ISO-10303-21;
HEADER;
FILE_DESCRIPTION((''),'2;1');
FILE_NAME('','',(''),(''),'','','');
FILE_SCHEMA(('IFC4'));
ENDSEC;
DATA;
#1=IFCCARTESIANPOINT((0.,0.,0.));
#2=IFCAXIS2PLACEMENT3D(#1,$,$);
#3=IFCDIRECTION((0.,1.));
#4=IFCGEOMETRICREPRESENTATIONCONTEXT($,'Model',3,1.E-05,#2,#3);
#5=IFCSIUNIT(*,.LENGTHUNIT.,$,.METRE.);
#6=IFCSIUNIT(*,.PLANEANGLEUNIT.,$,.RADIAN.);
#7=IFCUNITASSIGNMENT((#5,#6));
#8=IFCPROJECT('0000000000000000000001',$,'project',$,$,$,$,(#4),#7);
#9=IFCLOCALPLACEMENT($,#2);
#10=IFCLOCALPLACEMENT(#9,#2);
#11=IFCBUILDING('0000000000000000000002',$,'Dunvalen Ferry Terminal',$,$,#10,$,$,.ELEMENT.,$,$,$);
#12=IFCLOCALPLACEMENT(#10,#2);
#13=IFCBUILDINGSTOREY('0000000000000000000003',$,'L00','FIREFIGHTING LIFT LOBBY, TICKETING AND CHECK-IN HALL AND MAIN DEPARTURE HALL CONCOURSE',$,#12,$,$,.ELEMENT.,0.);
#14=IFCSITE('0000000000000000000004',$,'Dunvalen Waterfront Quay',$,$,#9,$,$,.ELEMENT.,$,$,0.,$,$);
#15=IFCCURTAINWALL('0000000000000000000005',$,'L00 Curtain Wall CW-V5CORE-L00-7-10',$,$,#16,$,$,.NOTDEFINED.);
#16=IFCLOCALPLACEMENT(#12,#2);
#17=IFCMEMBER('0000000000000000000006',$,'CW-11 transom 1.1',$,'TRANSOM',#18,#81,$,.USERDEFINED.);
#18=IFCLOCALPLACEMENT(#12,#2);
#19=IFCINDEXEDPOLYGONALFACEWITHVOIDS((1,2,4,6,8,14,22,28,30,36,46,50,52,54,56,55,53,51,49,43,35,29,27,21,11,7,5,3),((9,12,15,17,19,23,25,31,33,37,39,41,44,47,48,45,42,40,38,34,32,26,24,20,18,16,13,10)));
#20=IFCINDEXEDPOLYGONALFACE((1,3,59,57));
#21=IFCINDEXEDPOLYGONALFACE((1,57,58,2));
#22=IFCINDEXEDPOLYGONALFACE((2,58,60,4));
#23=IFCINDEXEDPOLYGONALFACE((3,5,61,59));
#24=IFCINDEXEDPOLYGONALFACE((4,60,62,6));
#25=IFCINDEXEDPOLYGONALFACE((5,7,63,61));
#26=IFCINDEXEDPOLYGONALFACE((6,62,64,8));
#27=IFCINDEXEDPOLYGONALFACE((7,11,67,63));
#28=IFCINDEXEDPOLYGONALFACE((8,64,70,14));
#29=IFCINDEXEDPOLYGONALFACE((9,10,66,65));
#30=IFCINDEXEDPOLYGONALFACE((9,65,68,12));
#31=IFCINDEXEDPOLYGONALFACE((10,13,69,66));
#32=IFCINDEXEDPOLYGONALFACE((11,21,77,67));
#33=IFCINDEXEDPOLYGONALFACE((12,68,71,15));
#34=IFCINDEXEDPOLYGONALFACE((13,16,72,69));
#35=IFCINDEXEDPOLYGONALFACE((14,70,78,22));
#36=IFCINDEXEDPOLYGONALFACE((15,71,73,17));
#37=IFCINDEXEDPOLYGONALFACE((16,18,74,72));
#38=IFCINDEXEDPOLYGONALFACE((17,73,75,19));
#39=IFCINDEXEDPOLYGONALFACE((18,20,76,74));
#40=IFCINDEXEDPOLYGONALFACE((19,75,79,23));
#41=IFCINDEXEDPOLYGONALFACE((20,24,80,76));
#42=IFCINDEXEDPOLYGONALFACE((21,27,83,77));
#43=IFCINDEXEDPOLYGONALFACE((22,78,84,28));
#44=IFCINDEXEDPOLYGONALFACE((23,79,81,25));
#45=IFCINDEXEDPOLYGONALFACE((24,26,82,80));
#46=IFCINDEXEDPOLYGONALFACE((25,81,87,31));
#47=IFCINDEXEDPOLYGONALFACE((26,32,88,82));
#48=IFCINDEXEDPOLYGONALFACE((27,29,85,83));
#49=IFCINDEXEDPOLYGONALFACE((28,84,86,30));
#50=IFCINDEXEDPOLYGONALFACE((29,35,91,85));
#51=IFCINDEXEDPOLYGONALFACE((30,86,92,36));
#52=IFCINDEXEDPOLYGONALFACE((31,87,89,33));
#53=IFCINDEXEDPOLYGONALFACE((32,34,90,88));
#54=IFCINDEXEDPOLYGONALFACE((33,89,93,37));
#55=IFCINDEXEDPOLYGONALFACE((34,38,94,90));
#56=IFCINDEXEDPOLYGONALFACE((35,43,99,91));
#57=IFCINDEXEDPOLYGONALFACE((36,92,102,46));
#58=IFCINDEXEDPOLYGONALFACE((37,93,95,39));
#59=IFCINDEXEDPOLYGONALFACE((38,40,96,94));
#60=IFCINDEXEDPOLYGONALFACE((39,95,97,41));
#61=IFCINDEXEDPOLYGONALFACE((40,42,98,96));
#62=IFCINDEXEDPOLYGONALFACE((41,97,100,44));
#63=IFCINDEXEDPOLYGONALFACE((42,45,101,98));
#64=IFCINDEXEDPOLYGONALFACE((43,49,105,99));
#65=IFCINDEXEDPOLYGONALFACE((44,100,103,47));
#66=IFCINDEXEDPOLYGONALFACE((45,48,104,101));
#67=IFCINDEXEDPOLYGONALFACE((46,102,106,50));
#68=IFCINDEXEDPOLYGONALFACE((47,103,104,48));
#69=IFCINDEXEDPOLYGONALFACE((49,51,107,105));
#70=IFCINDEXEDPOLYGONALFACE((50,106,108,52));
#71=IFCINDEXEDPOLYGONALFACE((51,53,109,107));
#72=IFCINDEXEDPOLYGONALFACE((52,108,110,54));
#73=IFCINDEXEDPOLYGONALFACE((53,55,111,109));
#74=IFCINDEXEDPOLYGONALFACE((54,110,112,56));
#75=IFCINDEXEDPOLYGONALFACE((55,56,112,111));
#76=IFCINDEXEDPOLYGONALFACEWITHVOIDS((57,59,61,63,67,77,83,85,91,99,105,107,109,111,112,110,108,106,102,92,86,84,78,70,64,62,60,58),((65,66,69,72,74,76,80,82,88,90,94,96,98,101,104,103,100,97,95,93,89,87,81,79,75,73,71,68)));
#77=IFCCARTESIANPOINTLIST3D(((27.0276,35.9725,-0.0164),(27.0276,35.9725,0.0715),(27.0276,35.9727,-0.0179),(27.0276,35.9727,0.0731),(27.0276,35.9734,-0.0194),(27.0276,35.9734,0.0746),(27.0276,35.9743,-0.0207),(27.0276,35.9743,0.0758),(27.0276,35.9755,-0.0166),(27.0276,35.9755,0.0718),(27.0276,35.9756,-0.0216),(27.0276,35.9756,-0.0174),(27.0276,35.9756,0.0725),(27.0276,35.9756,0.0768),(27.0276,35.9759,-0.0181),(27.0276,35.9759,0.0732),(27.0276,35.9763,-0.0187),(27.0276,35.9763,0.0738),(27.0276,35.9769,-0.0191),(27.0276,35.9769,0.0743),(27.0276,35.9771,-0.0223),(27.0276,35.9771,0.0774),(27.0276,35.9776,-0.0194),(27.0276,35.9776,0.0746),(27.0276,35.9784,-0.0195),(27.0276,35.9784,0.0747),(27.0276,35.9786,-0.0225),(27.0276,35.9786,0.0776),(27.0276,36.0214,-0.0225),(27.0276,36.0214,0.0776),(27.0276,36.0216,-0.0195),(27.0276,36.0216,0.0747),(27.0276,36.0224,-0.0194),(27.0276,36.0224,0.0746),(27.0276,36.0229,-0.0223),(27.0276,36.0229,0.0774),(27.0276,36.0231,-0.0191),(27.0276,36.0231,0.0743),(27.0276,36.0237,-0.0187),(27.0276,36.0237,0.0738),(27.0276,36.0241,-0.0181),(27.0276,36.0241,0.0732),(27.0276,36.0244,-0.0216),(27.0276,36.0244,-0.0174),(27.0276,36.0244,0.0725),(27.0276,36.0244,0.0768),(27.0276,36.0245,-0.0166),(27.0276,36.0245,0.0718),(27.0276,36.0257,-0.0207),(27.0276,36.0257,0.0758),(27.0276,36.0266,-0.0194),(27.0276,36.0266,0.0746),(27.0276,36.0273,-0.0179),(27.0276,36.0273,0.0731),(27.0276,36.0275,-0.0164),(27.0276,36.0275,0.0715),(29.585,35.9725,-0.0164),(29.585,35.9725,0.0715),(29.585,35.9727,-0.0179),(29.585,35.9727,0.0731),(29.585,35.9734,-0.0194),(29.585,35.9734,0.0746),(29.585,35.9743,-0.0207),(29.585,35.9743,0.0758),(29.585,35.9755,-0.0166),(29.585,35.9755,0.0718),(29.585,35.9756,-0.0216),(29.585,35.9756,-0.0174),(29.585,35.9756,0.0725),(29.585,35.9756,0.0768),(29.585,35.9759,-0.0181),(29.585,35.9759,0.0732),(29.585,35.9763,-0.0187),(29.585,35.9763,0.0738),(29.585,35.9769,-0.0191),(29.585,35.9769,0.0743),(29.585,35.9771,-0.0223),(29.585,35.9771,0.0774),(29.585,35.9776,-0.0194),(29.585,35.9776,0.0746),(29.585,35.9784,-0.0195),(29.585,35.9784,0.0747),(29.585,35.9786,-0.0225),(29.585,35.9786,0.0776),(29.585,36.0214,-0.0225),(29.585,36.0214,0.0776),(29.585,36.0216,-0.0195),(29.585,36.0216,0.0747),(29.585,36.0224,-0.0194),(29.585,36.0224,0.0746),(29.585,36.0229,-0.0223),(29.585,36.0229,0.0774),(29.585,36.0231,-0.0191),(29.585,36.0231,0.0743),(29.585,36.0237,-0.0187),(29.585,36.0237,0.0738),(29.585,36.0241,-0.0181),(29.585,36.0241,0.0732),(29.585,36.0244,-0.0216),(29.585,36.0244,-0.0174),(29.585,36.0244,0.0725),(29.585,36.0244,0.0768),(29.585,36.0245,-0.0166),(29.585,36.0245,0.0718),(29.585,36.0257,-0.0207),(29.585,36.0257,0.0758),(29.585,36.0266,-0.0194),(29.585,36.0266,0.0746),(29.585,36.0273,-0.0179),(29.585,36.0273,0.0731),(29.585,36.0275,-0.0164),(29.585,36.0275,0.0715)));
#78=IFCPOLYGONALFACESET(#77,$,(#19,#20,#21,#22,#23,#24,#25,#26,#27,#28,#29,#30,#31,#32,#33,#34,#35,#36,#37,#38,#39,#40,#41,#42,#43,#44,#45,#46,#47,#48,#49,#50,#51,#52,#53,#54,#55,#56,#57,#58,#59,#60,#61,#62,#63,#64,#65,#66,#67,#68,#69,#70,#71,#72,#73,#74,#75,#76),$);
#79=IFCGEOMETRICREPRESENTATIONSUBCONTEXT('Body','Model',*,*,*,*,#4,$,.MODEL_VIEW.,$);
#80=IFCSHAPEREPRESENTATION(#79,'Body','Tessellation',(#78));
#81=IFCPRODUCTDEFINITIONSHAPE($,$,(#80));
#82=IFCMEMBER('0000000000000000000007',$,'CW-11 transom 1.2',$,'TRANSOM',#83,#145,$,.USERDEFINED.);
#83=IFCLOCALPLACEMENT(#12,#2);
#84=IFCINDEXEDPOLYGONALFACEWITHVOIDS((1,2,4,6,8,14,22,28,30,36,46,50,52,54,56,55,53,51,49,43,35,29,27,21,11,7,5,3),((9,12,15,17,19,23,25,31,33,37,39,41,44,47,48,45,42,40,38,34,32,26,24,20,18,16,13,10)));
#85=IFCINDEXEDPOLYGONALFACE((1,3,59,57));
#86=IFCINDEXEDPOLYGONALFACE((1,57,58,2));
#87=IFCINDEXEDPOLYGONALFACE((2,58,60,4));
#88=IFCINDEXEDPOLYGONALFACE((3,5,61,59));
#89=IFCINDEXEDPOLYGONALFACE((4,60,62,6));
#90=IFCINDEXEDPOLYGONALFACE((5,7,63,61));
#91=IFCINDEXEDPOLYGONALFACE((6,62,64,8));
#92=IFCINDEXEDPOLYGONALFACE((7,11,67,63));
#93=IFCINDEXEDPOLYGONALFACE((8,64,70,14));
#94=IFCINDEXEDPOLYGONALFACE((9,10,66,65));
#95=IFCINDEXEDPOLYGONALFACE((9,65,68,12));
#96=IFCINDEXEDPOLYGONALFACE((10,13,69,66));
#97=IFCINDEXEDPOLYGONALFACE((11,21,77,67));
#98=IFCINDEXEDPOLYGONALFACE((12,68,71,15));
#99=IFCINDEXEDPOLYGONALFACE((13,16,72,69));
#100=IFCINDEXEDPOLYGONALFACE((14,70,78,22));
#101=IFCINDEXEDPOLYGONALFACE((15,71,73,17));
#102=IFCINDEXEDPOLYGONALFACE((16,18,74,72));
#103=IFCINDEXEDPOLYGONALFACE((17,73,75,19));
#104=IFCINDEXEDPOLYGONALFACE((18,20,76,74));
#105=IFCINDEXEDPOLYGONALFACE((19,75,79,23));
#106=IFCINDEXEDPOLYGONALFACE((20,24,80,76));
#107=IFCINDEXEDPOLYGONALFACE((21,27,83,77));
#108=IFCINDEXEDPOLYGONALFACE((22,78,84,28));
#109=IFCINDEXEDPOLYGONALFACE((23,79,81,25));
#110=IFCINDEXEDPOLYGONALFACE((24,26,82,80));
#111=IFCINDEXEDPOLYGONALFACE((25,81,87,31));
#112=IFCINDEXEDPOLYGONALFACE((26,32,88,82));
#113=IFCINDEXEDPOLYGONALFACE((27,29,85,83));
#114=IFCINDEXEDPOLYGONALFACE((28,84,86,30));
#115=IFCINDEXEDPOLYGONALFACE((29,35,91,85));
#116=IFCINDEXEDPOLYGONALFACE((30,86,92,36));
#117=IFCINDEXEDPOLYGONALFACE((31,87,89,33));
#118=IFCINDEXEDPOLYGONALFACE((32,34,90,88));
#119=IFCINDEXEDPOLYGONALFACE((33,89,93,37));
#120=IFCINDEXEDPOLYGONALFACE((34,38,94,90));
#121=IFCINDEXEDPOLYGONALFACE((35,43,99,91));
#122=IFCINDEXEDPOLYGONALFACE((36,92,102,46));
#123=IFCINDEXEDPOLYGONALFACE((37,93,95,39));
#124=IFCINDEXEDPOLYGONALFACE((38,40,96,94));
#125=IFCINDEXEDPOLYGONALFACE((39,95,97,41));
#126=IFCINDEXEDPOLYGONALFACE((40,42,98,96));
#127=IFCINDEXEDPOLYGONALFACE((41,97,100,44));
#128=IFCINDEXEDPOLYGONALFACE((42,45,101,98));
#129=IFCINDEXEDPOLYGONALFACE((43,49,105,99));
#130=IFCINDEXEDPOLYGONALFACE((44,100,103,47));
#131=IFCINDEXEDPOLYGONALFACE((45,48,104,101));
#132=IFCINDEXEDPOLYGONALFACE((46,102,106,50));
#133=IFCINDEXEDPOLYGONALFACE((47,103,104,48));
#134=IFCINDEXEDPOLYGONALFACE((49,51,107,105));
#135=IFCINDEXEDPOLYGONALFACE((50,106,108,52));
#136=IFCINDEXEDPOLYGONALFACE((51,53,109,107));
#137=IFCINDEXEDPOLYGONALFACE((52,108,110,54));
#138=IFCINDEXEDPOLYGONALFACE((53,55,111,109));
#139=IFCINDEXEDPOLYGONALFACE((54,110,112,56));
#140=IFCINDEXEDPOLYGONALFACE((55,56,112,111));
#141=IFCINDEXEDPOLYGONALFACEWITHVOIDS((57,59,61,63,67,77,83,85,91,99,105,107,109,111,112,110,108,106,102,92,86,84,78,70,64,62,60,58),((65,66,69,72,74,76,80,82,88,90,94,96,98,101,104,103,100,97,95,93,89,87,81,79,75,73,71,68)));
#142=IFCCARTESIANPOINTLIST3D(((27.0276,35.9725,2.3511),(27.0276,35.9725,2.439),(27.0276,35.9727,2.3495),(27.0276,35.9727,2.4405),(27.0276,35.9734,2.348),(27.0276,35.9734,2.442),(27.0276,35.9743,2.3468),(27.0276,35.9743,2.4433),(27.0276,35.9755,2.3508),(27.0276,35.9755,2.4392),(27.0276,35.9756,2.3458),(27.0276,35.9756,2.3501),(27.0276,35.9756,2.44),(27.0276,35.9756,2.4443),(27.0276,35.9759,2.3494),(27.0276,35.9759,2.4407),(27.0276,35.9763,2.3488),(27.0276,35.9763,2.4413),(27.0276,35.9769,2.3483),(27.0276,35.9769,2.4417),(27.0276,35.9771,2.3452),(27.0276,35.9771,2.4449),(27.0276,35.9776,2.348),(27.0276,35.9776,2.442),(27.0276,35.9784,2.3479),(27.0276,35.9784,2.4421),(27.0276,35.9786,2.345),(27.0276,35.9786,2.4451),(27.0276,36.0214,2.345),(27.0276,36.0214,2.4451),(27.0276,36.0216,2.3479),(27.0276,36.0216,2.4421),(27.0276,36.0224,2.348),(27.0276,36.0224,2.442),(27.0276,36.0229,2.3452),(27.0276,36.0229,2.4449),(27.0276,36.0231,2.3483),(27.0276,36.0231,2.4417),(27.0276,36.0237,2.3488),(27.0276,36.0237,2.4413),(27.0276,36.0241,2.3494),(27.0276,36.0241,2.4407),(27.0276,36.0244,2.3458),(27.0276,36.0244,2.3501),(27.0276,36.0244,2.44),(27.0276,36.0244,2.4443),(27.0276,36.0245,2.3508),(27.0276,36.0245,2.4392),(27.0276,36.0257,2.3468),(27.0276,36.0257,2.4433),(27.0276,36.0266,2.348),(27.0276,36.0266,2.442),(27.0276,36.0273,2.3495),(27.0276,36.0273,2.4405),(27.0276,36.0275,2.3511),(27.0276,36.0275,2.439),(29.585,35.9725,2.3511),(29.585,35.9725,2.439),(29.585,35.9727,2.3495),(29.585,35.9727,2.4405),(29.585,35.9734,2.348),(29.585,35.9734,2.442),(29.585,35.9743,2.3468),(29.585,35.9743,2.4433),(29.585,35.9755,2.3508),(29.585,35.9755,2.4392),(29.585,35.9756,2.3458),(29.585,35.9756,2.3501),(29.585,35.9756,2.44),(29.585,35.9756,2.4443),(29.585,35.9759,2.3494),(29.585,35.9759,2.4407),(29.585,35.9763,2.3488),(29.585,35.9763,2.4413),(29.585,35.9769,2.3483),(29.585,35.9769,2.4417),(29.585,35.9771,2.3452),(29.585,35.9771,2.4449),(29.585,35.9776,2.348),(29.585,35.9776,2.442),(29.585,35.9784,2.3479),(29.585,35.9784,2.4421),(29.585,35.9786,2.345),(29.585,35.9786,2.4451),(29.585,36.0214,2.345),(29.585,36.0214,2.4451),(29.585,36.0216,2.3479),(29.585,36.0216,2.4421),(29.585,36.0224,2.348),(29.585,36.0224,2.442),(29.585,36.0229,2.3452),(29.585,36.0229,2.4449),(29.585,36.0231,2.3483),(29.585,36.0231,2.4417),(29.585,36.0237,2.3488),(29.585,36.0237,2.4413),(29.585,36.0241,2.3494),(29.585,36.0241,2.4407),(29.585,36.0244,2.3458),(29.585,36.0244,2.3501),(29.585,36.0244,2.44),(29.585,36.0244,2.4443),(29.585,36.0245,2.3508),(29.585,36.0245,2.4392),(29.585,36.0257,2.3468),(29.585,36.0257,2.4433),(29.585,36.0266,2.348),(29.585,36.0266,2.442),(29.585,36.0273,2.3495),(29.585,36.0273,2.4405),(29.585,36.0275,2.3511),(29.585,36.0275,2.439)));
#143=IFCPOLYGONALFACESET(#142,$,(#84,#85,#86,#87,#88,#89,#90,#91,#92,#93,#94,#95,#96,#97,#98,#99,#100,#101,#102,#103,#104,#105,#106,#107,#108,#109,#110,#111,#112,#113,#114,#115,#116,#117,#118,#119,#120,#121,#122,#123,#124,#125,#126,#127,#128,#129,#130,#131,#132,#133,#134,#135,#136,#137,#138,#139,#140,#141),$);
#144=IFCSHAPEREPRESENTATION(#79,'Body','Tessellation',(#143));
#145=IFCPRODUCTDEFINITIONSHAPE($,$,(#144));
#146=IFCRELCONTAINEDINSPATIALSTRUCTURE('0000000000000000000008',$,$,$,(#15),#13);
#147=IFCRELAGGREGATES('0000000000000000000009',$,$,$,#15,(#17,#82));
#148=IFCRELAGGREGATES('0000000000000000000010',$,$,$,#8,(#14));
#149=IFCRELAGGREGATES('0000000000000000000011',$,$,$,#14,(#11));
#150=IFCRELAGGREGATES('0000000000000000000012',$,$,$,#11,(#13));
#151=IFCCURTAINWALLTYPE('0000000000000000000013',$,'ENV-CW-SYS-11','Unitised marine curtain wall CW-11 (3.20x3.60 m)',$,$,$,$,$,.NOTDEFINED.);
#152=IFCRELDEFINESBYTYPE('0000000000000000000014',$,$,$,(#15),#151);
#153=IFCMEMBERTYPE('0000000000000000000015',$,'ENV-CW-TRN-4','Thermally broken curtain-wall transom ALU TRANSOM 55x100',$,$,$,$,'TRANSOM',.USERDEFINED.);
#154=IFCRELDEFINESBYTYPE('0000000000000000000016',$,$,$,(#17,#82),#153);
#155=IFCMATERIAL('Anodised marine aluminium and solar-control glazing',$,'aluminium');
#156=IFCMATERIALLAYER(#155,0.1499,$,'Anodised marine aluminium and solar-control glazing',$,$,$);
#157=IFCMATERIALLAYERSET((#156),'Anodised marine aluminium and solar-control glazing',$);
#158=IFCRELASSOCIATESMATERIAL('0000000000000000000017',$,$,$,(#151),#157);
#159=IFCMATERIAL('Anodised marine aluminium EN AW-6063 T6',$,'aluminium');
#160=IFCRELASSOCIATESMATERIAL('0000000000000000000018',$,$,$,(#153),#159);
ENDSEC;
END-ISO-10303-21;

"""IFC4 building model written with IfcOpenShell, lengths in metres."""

from ifc_helpers import new_model, si_unit, direction, frame, origin, origin_2d, place, context, subcontext, project, spatial, hollow_rectangle, extrude, material, layer, layer_set, material_profile, profile_set, type_object, element, aggregate, save


model = new_model("IFC4")

# Units and contexts
model_context = context("Model", 3, precision=1e-05, world=origin(), true_north=direction((0.0, 1.0)))
body_context = subcontext(model_context, "Body", "Model", "MODEL_VIEW")
ifc_project = project(units=[si_unit("LENGTHUNIT", "METRE"), si_unit("PLANEANGLEUNIT", "RADIAN")], contexts=[model_context])

# Site, building, storey
site_placement = place(None, origin())
site = spatial("IfcSite", under=ifc_project, at=site_placement, Name="Dunvalen Waterfront Quay", CompositionType="ELEMENT", RefElevation=0.0)
building_placement = place(site_placement, origin())
building = spatial("IfcBuilding", under=site, at=building_placement, Name="Dunvalen Ferry Terminal", CompositionType="ELEMENT")
storey_placement = place(building_placement, origin())
storey = spatial("IfcBuildingStorey", under=building, at=storey_placement, Name="L00", Description="FIREFIGHTING LIFT LOBBY, TICKETING AND CHECK-IN HALL AND MAIN DEPARTURE HALL CONCOURSE", CompositionType="ELEMENT", Elevation=0.0)

# Shared definitions
ifc_material_1 = material(Name="Anodised marine aluminium and solar-control glazing", Category="aluminium")
ifc_layer_1 = layer(ifc_material_1, 0.1499, Name="Anodised marine aluminium and solar-control glazing")
ifc_layer_set_1 = layer_set([ifc_layer_1], Name="Anodised marine aluminium and solar-control glazing")
curtain_wall_type = type_object("IfcCurtainWallType", Name="ENV-CW-SYS-11", Description="Unitised marine curtain wall CW-11 (3.20x3.60 m)", PredefinedType="NOTDEFINED", material=ifc_layer_set_1)
ifc_material_2 = material(Name="Anodised marine aluminium EN AW-6063 T6", Category="aluminium")

# Curtain wall, members
curtain_wall_1_placement = place(storey_placement, origin())
curtain_wall_1 = element("IfcCurtainWall", 1, at=curtain_wall_1_placement, inside=storey, type_object=curtain_wall_type, Name="L00 Curtain Wall CW-V5CORE-L00-7-10", PredefinedType="NOTDEFINED")
ifc_material_profile_1 = material_profile(ifc_material_2, hollow_rectangle(XDim=0.0549, YDim=0.1001, WallThickness=0.0029, InnerFilletRadius=0.0029, OuterFilletRadius=0.0061, at=origin_2d()), Name="Anodised marine aluminium EN AW-6063 T6")
ifc_profile_set_1 = profile_set([ifc_material_profile_1], Name="Anodised marine aluminium EN AW-6063 T6")
member_type_1 = type_object("IfcMemberType", Name="ENV-CW-TRN-4", Description="Thermally broken curtain-wall transom ALU TRANSOM 55x100", ElementType="TRANSOM", PredefinedType="USERDEFINED", material=ifc_profile_set_1)
member_1_placement = place(storey_placement, frame((29.585, 36.0, 0.0276), z_axis=(-1.0, 0.0, 0.0), x_axis=(0.0, -1.0, 0.0)))
member_1 = element("IfcMember", 2, at=member_1_placement, type_object=member_type_1, Name="CW-11 transom 1.1", ObjectType="TRANSOM", PredefinedType="USERDEFINED", context=body_context, shape_type="SweptSolid", body=[
    extrude(hollow_rectangle(XDim=0.0549, YDim=0.1001, WallThickness=0.0029, InnerFilletRadius=0.0029, OuterFilletRadius=0.0061, at=origin_2d()), origin(), (0.0, 0.0, 1.0), 2.5574),
])
member_2_placement = place(storey_placement, frame((29.585, 36.0, 2.395), z_axis=(-1.0, 0.0, 0.0), x_axis=(0.0, -1.0, 0.0)))
member_2 = element("IfcMember", 3, at=member_2_placement, type_object=member_type_1, Name="CW-11 transom 1.2", ObjectType="TRANSOM", PredefinedType="USERDEFINED", context=body_context, shape_type="SweptSolid", body=[
    extrude(hollow_rectangle(XDim=0.0549, YDim=0.1001, WallThickness=0.0029, InnerFilletRadius=0.0029, OuterFilletRadius=0.0061, at=origin_2d()), origin(), (0.0, 0.0, 1.0), 2.5574),
])

aggregate(curtain_wall_1, [member_1, member_2])

save(model, "model.ifc")
